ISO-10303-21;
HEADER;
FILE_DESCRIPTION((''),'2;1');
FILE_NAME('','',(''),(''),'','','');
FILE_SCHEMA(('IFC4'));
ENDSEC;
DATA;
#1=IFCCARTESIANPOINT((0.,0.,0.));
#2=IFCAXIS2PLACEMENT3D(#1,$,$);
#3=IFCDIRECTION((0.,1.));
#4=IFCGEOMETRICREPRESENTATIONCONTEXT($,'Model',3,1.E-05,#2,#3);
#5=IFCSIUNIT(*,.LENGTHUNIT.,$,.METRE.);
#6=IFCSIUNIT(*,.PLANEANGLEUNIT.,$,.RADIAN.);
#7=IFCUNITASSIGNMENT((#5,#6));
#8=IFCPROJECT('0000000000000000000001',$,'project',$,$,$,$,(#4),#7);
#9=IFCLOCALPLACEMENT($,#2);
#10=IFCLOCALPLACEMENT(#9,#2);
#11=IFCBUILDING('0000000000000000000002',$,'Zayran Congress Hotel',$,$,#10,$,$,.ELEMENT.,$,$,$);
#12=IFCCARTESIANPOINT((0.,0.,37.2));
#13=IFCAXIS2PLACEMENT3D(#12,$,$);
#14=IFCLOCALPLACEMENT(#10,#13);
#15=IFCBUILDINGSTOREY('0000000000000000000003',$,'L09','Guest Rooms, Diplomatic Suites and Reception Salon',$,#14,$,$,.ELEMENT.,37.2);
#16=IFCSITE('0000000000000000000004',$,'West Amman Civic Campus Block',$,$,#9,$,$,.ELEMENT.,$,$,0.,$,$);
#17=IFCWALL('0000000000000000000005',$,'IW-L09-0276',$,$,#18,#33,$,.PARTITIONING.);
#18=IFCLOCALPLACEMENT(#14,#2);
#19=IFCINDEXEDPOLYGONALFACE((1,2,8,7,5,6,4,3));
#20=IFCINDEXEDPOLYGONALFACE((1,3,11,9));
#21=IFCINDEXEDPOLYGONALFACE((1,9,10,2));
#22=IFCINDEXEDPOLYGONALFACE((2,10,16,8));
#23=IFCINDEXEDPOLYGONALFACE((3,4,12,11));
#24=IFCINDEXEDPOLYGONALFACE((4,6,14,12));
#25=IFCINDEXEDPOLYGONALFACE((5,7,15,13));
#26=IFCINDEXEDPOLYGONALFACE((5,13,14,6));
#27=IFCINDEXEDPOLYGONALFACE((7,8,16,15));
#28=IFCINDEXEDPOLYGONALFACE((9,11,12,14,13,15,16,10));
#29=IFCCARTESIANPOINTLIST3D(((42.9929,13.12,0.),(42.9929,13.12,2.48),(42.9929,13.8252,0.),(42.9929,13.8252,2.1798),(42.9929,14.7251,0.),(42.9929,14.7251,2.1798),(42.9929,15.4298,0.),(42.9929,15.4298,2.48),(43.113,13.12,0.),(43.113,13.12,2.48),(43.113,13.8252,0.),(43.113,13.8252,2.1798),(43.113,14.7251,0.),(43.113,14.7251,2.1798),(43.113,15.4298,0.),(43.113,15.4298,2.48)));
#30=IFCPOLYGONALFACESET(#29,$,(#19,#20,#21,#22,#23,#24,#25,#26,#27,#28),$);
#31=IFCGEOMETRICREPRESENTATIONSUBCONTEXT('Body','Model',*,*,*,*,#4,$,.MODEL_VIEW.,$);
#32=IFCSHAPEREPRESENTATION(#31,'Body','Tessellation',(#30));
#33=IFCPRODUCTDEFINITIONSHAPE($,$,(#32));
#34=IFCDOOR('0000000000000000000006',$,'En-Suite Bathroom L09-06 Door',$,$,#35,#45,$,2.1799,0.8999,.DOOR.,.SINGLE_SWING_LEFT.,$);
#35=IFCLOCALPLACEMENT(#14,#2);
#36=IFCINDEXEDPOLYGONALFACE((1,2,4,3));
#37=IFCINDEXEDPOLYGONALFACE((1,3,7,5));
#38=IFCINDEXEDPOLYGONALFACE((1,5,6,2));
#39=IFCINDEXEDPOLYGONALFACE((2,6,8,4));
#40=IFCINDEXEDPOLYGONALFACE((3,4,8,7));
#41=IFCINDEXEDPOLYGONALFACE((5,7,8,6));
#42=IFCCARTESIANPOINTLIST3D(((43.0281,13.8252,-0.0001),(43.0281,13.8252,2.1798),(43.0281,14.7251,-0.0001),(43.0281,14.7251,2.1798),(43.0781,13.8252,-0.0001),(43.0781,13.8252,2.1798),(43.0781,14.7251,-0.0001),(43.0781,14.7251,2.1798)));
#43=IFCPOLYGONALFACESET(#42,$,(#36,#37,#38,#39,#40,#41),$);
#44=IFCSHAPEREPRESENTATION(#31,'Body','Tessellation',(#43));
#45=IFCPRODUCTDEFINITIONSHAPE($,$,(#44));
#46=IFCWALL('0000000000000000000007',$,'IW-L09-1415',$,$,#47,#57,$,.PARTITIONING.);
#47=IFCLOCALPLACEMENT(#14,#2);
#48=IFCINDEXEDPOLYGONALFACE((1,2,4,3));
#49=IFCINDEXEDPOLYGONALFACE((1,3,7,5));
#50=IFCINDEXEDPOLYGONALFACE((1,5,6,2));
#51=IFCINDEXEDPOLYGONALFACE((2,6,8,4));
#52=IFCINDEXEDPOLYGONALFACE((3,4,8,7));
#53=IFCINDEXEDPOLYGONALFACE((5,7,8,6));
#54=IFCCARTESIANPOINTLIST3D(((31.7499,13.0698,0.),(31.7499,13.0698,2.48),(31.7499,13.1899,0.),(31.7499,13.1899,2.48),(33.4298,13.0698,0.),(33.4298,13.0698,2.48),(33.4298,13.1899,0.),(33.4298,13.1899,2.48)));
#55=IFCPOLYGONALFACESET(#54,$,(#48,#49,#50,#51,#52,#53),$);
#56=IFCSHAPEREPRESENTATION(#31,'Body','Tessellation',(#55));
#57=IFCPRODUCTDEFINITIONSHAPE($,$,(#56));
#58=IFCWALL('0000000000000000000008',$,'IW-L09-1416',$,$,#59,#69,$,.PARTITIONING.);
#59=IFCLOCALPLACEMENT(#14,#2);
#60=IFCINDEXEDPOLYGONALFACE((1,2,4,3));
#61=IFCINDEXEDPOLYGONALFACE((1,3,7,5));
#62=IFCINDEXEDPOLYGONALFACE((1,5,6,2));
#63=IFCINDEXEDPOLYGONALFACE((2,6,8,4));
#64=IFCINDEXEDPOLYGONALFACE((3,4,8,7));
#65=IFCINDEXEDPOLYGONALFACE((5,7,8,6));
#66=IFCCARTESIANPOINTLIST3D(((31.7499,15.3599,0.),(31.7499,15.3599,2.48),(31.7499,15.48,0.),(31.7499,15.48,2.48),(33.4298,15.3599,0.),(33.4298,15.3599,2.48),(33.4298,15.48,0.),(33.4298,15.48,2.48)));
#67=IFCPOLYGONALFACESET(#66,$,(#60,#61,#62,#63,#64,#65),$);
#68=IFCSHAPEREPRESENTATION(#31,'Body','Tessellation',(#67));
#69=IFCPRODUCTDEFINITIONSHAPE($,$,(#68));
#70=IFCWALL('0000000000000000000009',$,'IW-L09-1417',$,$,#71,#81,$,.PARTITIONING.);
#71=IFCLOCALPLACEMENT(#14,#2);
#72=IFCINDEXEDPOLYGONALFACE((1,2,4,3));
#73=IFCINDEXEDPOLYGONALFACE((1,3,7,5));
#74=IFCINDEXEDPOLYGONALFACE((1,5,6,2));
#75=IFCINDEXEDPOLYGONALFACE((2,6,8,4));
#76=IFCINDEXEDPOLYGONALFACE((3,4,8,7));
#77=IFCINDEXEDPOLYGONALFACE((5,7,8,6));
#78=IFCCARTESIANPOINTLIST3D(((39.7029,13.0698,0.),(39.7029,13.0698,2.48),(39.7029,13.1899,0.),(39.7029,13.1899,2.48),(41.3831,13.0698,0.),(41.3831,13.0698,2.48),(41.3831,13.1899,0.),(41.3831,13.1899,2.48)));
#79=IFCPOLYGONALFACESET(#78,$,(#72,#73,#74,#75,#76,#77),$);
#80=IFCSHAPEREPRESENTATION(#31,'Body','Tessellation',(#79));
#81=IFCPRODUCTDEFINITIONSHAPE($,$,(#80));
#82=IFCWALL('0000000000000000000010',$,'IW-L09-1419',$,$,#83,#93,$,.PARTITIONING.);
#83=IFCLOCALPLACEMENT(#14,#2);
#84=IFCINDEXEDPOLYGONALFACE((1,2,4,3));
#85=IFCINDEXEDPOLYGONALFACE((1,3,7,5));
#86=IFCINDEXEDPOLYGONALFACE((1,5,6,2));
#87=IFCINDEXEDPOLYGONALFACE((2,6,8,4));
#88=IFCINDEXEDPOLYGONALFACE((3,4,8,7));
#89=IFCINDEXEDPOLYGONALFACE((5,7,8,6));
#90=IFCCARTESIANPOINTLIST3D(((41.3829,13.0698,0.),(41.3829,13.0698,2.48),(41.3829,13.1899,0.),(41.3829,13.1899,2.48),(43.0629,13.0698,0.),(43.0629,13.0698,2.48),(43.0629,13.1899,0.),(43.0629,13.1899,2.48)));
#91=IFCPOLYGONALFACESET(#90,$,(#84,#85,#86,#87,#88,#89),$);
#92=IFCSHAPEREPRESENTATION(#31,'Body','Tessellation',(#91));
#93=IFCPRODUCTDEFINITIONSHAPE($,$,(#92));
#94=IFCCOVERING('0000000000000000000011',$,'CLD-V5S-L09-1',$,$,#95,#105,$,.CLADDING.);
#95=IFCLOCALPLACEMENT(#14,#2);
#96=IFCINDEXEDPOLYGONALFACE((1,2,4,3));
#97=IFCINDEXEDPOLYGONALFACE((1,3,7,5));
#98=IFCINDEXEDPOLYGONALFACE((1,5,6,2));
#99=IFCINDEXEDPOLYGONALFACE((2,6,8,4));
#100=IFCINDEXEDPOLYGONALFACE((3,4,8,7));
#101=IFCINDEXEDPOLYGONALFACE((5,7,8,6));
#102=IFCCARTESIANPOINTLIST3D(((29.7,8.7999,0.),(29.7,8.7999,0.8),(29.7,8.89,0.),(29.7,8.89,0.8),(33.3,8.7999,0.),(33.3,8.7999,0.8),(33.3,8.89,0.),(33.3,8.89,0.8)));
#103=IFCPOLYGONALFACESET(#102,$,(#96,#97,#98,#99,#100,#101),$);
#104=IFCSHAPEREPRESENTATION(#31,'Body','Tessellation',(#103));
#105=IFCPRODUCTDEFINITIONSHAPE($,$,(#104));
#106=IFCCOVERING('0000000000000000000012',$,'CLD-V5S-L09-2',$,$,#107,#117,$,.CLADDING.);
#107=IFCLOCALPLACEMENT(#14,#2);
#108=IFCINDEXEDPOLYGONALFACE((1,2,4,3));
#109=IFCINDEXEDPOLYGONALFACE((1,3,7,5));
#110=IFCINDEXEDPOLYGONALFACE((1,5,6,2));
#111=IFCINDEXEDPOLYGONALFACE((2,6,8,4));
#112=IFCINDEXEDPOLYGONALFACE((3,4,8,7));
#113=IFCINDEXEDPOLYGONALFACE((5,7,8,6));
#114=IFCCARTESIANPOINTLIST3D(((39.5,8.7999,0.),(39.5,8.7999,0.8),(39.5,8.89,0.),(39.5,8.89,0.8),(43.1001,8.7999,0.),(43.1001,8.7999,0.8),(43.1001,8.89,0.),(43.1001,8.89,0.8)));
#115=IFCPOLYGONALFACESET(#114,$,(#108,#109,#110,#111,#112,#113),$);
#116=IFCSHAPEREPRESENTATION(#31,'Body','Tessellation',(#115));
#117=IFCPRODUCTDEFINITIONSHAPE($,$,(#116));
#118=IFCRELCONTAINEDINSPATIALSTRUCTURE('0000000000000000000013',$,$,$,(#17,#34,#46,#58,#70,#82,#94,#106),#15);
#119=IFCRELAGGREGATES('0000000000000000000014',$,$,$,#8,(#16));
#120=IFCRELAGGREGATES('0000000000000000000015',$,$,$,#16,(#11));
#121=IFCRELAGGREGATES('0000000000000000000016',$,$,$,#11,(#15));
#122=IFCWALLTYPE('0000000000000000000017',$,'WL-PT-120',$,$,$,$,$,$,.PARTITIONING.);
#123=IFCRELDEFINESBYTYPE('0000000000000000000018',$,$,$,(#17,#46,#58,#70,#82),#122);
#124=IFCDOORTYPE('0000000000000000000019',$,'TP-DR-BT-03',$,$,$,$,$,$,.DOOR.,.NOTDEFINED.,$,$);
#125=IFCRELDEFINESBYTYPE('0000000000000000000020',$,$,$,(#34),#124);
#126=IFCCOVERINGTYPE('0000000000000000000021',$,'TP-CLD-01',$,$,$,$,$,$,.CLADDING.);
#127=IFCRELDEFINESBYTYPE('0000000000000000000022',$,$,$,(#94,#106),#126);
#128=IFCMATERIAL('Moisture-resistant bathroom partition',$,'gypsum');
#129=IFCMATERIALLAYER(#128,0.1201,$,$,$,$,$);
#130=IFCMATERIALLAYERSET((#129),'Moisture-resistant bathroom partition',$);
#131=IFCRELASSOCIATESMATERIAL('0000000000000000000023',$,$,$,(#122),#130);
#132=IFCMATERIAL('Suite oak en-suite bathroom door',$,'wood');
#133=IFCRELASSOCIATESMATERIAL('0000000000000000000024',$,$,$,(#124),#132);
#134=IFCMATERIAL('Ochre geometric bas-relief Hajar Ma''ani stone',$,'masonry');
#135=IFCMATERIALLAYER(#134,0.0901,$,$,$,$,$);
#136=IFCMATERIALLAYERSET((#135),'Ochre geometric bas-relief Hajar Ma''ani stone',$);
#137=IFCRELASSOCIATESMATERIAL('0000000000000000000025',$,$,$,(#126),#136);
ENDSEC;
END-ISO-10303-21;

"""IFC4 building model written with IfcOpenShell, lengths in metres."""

from ifc_helpers import new_model, si_unit, direction, frame, frame_2d, origin, origin_2d, place, context, subcontext, project, spatial, rectangle, extrude, material, layer, layer_set, type_object, element, fill, save


model = new_model("IFC4")

# Units and contexts
model_context = context("Model", 3, precision=1e-05, world=origin(), true_north=direction((0.0, 1.0)))
body_context = subcontext(model_context, "Body", "Model", "MODEL_VIEW")
ifc_project = project(units=[si_unit("LENGTHUNIT", "METRE"), si_unit("PLANEANGLEUNIT", "RADIAN")], contexts=[model_context])

# Site, building, storey
site_placement = place(None, origin())
site = spatial("IfcSite", under=ifc_project, at=site_placement, Name="West Amman Civic Campus Block", CompositionType="ELEMENT", RefElevation=0.0)
building_placement = place(site_placement, origin())
building = spatial("IfcBuilding", under=site, at=building_placement, Name="Zayran Congress Hotel", CompositionType="ELEMENT")
storey_placement = place(building_placement, frame((0.0, 0.0, 37.2)))
storey = spatial("IfcBuildingStorey", under=building, at=storey_placement, Name="L09", Description="Guest Rooms, Diplomatic Suites and Reception Salon", CompositionType="ELEMENT", Elevation=37.2)

# Wall, opening, door
ifc_material_1 = material(Name="Moisture-resistant bathroom partition", Category="gypsum")
ifc_layer_1 = layer(ifc_material_1, 0.1201)
ifc_layer_set_1 = layer_set([ifc_layer_1], Name="Moisture-resistant bathroom partition")
wall_type_1 = type_object("IfcWallType", Name="WL-PT-120", PredefinedType="PARTITIONING", material=ifc_layer_set_1)
ifc_material_2 = material(Name="Suite oak en-suite bathroom door", Category="wood")
door_type = type_object("IfcDoorType", Name="TP-DR-BT-03", OperationType="NOTDEFINED", PredefinedType="DOOR", material=ifc_material_2)
wall_1_placement = place(storey_placement, frame((43.053, 13.1201, 0.0), z_axis=(0.0, 0.0, 1.0), x_axis=(0.0, 1.0, 0.0)))
wall_1 = element("IfcWall", 1, at=wall_1_placement, inside=storey, type_object=wall_type_1, Name="IW-L09-0276", PredefinedType="PARTITIONING", context=body_context, shape_type="SweptSolid", body=[
    extrude(rectangle(XDim=2.3098, YDim=0.1201, at=frame_2d((1.1548, 0.0))), origin(), (0.0, 0.0, 1.0), 2.48),
])
opening_1_placement = place(wall_1_placement, frame((0.7051, 0.0, 0.0)))
opening_1 = element("IfcOpeningElement", 2, at=opening_1_placement, cuts=wall_1, PredefinedType="OPENING", context=body_context, shape_type="SweptSolid", body=[
    extrude(rectangle(XDim=0.8999, YDim=2.1799, at=frame_2d((0.45, 1.0898))), frame((0.0, 0.0701, 0.0), z_axis=(0.0, -1.0, 0.0), x_axis=(1.0, 0.0, 0.0)), (0.0, 0.0, 1.0), 0.1401),
])
door_1_placement = place(opening_1_placement, origin())
door_1 = element("IfcDoor", 3, at=door_1_placement, inside=storey, type_object=door_type, Name="En-Suite Bathroom L09-06 Door", OperationType="SINGLE_SWING_LEFT", OverallHeight=2.1799, OverallWidth=0.8999, PredefinedType="DOOR", context=body_context, shape_type="SweptSolid", body=[
    extrude(rectangle(XDim=0.8999, YDim=2.1799, at=frame_2d((0.45, 1.0898))), frame((0.0, 0.0249, 0.0), z_axis=(0.0, -1.0, 0.0), x_axis=(1.0, 0.0, 0.0)), (0.0, 0.0, 1.0), 0.05),
])
fill(opening_1, door_1)

# Walls
for number, where, z_axis, x_axis, name in (
    (4, (31.75, 13.1299, 0.0), (0.0, 0.0, 1.0), (1.0, 0.0, 0.0), "IW-L09-1415"),
    (5, (31.75, 15.4199, 0.0), (0.0, 0.0, 1.0), (1.0, 0.0, 0.0), "IW-L09-1416"),
):
    element("IfcWall", number, at=place(storey_placement, frame(where, z_axis=z_axis, x_axis=x_axis)), inside=storey, type_object=wall_type_1, Name=name, PredefinedType="PARTITIONING", context=body_context, shape_type="SweptSolid", body=[
        extrude(rectangle(XDim=1.6799, YDim=0.1201, at=frame_2d((0.8398, 0.0))), origin(), (0.0, 0.0, 1.0), 2.48),
    ])
wall_2_placement = place(storey_placement, frame((39.7029, 13.1299, 0.0), z_axis=(0.0, 0.0, 1.0), x_axis=(1.0, 0.0, 0.0)))
element("IfcWall", 6, at=wall_2_placement, inside=storey, type_object=wall_type_1, Name="IW-L09-1417", PredefinedType="PARTITIONING", context=body_context, shape_type="SweptSolid", body=[
    extrude(rectangle(XDim=1.6802, YDim=0.1201, at=frame_2d((0.8401, 0.0))), origin(), (0.0, 0.0, 1.0), 2.48),
])
wall_3_placement = place(storey_placement, frame((41.3831, 13.1299, 0.0), z_axis=(0.0, 0.0, 1.0), x_axis=(1.0, 0.0, 0.0)))
element("IfcWall", 7, at=wall_3_placement, inside=storey, type_object=wall_type_1, Name="IW-L09-1419", PredefinedType="PARTITIONING", context=body_context, shape_type="SweptSolid", body=[
    extrude(rectangle(XDim=1.6799, YDim=0.1201, at=frame_2d((0.8398, 0.0))), origin(), (0.0, 0.0, 1.0), 2.48),
])

# Coverings
ifc_material_3 = material(Name="Ochre geometric bas-relief Hajar Ma'ani stone", Category="masonry")
ifc_layer_2 = layer(ifc_material_3, 0.0901)
ifc_layer_set_2 = layer_set([ifc_layer_2], Name="Ochre geometric bas-relief Hajar Ma'ani stone")
covering_type = type_object("IfcCoveringType", Name="TP-CLD-01", PredefinedType="CLADDING", material=ifc_layer_set_2)
for number, where, z_axis, x_axis, name in (
    (8, (31.5, 8.845, 0.0), (0.0, 0.0, 1.0), (1.0, 0.0, 0.0), "CLD-V5S-L09-1"),
    (9, (41.3, 8.845, 0.0), (0.0, 0.0, 1.0), (1.0, 0.0, 0.0), "CLD-V5S-L09-2"),
):
    element("IfcCovering", number, at=place(storey_placement, frame(where, z_axis=z_axis, x_axis=x_axis)), inside=storey, type_object=covering_type, Name=name, PredefinedType="CLADDING", context=body_context, shape_type="SweptSolid", body=[
        extrude(rectangle(XDim=3.6001, YDim=0.0901, at=origin_2d()), origin(), (0.0, 0.0, 1.0), 0.8),
    ])

save(model, "model.ifc")
